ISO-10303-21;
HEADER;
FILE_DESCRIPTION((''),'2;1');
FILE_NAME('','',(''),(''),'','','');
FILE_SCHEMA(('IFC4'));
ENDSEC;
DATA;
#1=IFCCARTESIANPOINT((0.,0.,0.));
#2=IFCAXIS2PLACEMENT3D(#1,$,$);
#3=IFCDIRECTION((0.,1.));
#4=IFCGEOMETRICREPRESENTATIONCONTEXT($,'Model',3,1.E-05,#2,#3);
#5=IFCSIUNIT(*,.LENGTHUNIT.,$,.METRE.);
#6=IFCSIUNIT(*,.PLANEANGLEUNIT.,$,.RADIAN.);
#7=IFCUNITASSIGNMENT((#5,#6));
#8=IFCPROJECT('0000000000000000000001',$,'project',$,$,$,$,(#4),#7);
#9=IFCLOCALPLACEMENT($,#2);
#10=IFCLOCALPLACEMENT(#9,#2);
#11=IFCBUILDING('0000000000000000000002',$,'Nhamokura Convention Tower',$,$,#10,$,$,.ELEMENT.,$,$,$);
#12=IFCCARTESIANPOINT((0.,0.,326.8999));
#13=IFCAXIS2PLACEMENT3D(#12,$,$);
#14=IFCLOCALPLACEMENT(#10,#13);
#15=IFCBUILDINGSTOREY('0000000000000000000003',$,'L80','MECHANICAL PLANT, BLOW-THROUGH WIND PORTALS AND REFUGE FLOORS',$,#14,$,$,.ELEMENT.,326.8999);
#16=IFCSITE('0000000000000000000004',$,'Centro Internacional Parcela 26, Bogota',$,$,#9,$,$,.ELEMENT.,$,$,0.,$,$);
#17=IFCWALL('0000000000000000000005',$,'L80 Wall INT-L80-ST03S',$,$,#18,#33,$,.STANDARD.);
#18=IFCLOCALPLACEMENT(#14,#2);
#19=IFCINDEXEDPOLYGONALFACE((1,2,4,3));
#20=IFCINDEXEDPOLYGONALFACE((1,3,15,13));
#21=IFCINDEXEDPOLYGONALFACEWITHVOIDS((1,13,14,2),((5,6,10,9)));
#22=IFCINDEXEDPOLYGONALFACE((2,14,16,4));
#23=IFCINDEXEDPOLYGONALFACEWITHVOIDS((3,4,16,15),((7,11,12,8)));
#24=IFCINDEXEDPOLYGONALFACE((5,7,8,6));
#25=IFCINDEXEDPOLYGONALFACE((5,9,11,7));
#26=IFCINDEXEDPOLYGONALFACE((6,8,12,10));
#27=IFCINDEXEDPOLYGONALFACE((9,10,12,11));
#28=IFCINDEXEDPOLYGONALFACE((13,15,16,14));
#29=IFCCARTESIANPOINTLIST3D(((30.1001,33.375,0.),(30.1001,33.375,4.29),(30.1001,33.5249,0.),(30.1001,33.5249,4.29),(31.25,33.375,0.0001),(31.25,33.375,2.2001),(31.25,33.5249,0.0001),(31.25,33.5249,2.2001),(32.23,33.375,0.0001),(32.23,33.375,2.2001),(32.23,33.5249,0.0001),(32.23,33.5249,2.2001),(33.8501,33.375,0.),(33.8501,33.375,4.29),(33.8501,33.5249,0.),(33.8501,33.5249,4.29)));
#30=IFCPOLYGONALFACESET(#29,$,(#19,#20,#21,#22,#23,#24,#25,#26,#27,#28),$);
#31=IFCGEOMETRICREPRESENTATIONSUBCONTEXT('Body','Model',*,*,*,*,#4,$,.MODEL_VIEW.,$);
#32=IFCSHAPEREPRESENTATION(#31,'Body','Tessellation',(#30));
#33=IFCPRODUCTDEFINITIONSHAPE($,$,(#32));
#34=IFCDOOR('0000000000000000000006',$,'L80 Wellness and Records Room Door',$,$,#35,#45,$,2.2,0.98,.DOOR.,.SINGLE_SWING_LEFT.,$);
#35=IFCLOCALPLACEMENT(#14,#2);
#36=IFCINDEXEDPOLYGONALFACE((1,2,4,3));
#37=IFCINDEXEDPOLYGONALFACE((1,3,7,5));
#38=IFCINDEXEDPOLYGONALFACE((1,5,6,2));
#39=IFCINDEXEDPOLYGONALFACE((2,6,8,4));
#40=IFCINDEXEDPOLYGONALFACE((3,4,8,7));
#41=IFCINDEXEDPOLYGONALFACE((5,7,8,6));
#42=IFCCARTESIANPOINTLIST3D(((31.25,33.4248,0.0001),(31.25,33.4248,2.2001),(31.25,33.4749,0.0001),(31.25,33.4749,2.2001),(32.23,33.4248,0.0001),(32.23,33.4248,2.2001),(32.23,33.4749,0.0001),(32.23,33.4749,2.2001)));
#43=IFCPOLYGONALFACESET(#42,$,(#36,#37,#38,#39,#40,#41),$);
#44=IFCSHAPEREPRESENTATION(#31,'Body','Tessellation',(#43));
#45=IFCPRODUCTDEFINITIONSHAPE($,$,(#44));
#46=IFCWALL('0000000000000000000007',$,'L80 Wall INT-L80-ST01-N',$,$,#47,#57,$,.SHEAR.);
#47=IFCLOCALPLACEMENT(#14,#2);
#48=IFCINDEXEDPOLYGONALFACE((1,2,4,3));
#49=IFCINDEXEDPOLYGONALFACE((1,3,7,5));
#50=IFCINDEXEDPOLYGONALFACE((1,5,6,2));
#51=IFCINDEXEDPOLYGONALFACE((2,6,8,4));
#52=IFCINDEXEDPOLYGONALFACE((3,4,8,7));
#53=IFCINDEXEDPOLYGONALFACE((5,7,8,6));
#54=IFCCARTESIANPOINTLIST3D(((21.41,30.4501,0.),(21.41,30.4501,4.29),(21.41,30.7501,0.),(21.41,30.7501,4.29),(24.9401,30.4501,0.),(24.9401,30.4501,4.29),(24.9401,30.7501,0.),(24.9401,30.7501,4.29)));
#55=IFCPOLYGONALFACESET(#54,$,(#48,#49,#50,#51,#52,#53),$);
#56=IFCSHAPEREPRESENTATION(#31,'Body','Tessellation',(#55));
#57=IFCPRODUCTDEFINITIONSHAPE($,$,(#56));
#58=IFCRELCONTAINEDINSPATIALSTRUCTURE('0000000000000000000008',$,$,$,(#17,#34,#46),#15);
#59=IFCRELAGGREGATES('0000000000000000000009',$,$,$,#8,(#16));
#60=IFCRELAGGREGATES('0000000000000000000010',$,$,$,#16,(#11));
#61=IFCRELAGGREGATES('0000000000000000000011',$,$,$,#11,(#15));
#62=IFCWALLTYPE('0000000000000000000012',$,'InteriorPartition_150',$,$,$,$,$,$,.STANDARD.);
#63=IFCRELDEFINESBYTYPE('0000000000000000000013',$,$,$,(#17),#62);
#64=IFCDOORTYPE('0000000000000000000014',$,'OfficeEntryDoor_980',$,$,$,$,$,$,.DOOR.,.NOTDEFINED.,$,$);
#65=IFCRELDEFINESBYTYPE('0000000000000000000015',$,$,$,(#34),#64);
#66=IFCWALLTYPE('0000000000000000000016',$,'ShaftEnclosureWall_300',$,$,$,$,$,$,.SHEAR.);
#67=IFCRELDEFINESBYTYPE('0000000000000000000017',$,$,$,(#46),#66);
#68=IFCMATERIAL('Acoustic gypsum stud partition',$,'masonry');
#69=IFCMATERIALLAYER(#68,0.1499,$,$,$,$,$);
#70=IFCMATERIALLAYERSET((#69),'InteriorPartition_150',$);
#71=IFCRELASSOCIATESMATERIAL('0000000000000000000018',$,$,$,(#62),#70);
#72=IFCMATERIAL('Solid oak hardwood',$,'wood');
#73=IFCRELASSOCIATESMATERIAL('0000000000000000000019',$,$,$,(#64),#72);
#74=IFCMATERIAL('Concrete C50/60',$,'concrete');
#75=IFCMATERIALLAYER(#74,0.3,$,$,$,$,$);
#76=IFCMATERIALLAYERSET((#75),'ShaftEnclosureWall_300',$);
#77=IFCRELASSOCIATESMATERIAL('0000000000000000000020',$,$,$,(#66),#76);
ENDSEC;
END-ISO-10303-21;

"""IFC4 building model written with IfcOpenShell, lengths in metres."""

from ifc_helpers import new_model, si_unit, direction, frame, frame_2d, origin, place, context, subcontext, project, spatial, rectangle, extrude, material, layer, layer_set, type_object, element, fill, save


model = new_model("IFC4")

# Units and contexts
model_context = context("Model", 3, precision=1e-05, world=origin(), true_north=direction((0.0, 1.0)))
body_context = subcontext(model_context, "Body", "Model", "MODEL_VIEW")
ifc_project = project(units=[si_unit("LENGTHUNIT", "METRE"), si_unit("PLANEANGLEUNIT", "RADIAN")], contexts=[model_context])

# Site, building, storey
site_placement = place(None, origin())
site = spatial("IfcSite", under=ifc_project, at=site_placement, Name="Centro Internacional Parcela 26, Bogota", CompositionType="ELEMENT", RefElevation=0.0)
building_placement = place(site_placement, origin())
building = spatial("IfcBuilding", under=site, at=building_placement, Name="Nhamokura Convention Tower", CompositionType="ELEMENT")
storey_placement = place(building_placement, frame((0.0, 0.0, 326.8999)))
storey = spatial("IfcBuildingStorey", under=building, at=storey_placement, Name="L80", Description="MECHANICAL PLANT, BLOW-THROUGH WIND PORTALS AND REFUGE FLOORS", CompositionType="ELEMENT", Elevation=326.8999)

# Shared definitions
ifc_material_1 = material(Name="Acoustic gypsum stud partition", Category="masonry")
ifc_layer_1 = layer(ifc_material_1, 0.1499)
ifc_layer_set_1 = layer_set([ifc_layer_1], Name="InteriorPartition_150")
wall_type_1 = type_object("IfcWallType", Name="InteriorPartition_150", PredefinedType="STANDARD", material=ifc_layer_set_1)

# Wall, opening, door
wall_1_placement = place(storey_placement, frame((30.1001, 33.45, 0.0), z_axis=(0.0, 0.0, 1.0), x_axis=(1.0, 0.0, 0.0)))
wall_1 = element("IfcWall", 1, at=wall_1_placement, inside=storey, type_object=wall_type_1, Name="L80 Wall INT-L80-ST03S", PredefinedType="STANDARD", context=body_context, shape_type="SweptSolid", body=[
    extrude(rectangle(XDim=3.75, YDim=0.1499, at=frame_2d((1.875, 0.0))), origin(), (0.0, 0.0, 1.0), 4.29),
])
opening_1_placement = place(wall_1_placement, frame((1.1499, 0.0, 0.0)))
opening_1 = element("IfcOpeningElement", 2, at=opening_1_placement, cuts=wall_1, PredefinedType="OPENING", context=body_context, shape_type="SweptSolid", body=[
    extrude(rectangle(XDim=0.98, YDim=2.2, at=frame_2d((0.49, 1.1001))), frame((0.0, 0.085, 0.0), z_axis=(0.0, -1.0, 0.0), x_axis=(1.0, 0.0, 0.0)), (0.0, 0.0, 1.0), 0.1699),
])
ifc_material_2 = material(Name="Solid oak hardwood", Category="wood")
door_type_1 = type_object("IfcDoorType", Name="OfficeEntryDoor_980", OperationType="NOTDEFINED", PredefinedType="DOOR", material=ifc_material_2)
door_1_placement = place(opening_1_placement, origin())
door_1 = element("IfcDoor", 3, at=door_1_placement, inside=storey, type_object=door_type_1, Name="L80 Wellness and Records Room Door", OperationType="SINGLE_SWING_LEFT", OverallHeight=2.2, OverallWidth=0.98, PredefinedType="DOOR", context=body_context, shape_type="SweptSolid", body=[
    extrude(rectangle(XDim=0.98, YDim=2.2, at=frame_2d((0.49, 1.1001))), frame((0.0, 0.0249, 0.0), z_axis=(0.0, -1.0, 0.0), x_axis=(1.0, 0.0, 0.0)), (0.0, 0.0, 1.0), 0.05),
])
fill(opening_1, door_1)

# Wall
ifc_material_3 = material(Name="Concrete C50/60", Category="concrete")
ifc_layer_2 = layer(ifc_material_3, 0.3)
ifc_layer_set_2 = layer_set([ifc_layer_2], Name="ShaftEnclosureWall_300")
wall_type_2 = type_object("IfcWallType", Name="ShaftEnclosureWall_300", PredefinedType="SHEAR", material=ifc_layer_set_2)
wall_2_placement = place(storey_placement, frame((21.4099, 30.6001, 0.0), z_axis=(0.0, 0.0, 1.0), x_axis=(1.0, 0.0, 0.0)))
element("IfcWall", 4, at=wall_2_placement, inside=storey, type_object=wall_type_2, Name="L80 Wall INT-L80-ST01-N", PredefinedType="SHEAR", context=body_context, shape_type="SweptSolid", body=[
    extrude(rectangle(XDim=3.53, YDim=0.3, at=frame_2d((1.7651, 0.0))), origin(), (0.0, 0.0, 1.0), 4.29),
])

save(model, "model.ifc")
